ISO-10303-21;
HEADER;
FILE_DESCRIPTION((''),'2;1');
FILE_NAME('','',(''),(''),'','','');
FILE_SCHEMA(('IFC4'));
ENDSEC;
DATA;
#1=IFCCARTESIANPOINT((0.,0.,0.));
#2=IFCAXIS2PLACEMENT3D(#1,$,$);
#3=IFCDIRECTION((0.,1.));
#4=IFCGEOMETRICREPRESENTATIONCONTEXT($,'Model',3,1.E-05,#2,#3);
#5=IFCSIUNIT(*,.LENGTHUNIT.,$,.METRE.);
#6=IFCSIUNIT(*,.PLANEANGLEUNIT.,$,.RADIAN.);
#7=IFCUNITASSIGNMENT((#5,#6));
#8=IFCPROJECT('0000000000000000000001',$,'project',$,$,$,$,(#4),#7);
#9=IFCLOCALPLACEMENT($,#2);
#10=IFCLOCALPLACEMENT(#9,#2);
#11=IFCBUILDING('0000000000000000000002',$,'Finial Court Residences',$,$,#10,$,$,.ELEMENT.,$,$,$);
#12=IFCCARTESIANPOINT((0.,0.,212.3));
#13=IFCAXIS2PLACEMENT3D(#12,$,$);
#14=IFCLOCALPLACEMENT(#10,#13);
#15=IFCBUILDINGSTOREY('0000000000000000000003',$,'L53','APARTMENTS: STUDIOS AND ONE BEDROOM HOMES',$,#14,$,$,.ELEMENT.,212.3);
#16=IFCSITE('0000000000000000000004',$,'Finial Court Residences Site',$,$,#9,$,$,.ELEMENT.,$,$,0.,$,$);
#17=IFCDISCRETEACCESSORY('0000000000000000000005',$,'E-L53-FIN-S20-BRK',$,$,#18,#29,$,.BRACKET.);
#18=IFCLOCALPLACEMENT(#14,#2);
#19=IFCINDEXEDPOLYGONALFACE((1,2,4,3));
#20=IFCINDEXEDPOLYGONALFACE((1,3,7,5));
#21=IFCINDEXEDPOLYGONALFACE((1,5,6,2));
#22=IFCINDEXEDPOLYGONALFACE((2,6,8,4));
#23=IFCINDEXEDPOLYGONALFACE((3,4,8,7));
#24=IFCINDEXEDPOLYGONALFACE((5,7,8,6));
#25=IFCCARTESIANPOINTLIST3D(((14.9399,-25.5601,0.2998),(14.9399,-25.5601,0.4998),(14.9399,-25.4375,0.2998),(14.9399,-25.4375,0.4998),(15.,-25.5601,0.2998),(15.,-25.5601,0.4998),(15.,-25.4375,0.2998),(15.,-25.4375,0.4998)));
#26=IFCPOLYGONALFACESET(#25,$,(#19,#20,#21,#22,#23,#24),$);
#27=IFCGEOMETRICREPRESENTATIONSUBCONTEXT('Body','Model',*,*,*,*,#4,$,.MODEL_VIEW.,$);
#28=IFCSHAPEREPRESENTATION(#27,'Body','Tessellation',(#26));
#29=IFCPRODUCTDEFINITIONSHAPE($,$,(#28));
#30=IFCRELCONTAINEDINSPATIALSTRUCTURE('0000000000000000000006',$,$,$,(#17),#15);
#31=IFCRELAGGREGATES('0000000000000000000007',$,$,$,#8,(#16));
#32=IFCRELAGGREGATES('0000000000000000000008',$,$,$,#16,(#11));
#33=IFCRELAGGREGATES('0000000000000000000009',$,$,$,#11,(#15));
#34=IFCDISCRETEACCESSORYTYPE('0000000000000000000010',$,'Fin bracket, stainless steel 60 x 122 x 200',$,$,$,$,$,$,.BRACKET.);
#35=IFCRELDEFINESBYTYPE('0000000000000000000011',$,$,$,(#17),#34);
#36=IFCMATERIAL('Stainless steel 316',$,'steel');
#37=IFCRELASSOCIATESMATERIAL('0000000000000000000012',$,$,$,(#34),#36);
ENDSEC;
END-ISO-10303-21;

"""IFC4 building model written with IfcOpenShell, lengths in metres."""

from ifc_helpers import new_model, si_unit, direction, frame, origin, origin_2d, place, context, subcontext, project, spatial, rectangle, extrude, material, type_object, element, save


model = new_model("IFC4")

# Units and contexts
model_context = context("Model", 3, precision=1e-05, world=origin(), true_north=direction((0.0, 1.0)))
body_context = subcontext(model_context, "Body", "Model", "MODEL_VIEW")
ifc_project = project(units=[si_unit("LENGTHUNIT", "METRE"), si_unit("PLANEANGLEUNIT", "RADIAN")], contexts=[model_context])

# Site, building, storey
site_placement = place(None, origin())
site = spatial("IfcSite", under=ifc_project, at=site_placement, Name="Finial Court Residences Site", CompositionType="ELEMENT", RefElevation=0.0)
building_placement = place(site_placement, origin())
building = spatial("IfcBuilding", under=site, at=building_placement, Name="Finial Court Residences", CompositionType="ELEMENT")
storey_placement = place(building_placement, frame((0.0, 0.0, 212.3)))
storey = spatial("IfcBuildingStorey", under=building, at=storey_placement, Name="L53", Description="APARTMENTS: STUDIOS AND ONE BEDROOM HOMES", CompositionType="ELEMENT", Elevation=212.3)

# Discrete accessory
ifc_material_1 = material(Name="Stainless steel 316", Category="steel")
discrete_accessory_type = type_object("IfcDiscreteAccessoryType", Name="Fin bracket, stainless steel 60 x 122 x 200", PredefinedType="BRACKET", material=ifc_material_1)
for number, where, z_axis, x_axis, name in (
    (1, (14.97, -25.4988, 0.2998), (0.0, 0.0, 1.0), (1.0, 0.0, 0.0), "E-L53-FIN-S20-BRK"),
):
    element("IfcDiscreteAccessory", number, at=place(storey_placement, frame(where, z_axis=z_axis, x_axis=x_axis)), inside=storey, type_object=discrete_accessory_type, Name=name, PredefinedType="BRACKET", context=body_context, shape_type="SweptSolid", body=[
        extrude(rectangle(XDim=0.0601, YDim=0.1226, at=origin_2d()), origin(), (0.0, 0.0, 1.0), 0.2),
    ])

save(model, "model.ifc")
